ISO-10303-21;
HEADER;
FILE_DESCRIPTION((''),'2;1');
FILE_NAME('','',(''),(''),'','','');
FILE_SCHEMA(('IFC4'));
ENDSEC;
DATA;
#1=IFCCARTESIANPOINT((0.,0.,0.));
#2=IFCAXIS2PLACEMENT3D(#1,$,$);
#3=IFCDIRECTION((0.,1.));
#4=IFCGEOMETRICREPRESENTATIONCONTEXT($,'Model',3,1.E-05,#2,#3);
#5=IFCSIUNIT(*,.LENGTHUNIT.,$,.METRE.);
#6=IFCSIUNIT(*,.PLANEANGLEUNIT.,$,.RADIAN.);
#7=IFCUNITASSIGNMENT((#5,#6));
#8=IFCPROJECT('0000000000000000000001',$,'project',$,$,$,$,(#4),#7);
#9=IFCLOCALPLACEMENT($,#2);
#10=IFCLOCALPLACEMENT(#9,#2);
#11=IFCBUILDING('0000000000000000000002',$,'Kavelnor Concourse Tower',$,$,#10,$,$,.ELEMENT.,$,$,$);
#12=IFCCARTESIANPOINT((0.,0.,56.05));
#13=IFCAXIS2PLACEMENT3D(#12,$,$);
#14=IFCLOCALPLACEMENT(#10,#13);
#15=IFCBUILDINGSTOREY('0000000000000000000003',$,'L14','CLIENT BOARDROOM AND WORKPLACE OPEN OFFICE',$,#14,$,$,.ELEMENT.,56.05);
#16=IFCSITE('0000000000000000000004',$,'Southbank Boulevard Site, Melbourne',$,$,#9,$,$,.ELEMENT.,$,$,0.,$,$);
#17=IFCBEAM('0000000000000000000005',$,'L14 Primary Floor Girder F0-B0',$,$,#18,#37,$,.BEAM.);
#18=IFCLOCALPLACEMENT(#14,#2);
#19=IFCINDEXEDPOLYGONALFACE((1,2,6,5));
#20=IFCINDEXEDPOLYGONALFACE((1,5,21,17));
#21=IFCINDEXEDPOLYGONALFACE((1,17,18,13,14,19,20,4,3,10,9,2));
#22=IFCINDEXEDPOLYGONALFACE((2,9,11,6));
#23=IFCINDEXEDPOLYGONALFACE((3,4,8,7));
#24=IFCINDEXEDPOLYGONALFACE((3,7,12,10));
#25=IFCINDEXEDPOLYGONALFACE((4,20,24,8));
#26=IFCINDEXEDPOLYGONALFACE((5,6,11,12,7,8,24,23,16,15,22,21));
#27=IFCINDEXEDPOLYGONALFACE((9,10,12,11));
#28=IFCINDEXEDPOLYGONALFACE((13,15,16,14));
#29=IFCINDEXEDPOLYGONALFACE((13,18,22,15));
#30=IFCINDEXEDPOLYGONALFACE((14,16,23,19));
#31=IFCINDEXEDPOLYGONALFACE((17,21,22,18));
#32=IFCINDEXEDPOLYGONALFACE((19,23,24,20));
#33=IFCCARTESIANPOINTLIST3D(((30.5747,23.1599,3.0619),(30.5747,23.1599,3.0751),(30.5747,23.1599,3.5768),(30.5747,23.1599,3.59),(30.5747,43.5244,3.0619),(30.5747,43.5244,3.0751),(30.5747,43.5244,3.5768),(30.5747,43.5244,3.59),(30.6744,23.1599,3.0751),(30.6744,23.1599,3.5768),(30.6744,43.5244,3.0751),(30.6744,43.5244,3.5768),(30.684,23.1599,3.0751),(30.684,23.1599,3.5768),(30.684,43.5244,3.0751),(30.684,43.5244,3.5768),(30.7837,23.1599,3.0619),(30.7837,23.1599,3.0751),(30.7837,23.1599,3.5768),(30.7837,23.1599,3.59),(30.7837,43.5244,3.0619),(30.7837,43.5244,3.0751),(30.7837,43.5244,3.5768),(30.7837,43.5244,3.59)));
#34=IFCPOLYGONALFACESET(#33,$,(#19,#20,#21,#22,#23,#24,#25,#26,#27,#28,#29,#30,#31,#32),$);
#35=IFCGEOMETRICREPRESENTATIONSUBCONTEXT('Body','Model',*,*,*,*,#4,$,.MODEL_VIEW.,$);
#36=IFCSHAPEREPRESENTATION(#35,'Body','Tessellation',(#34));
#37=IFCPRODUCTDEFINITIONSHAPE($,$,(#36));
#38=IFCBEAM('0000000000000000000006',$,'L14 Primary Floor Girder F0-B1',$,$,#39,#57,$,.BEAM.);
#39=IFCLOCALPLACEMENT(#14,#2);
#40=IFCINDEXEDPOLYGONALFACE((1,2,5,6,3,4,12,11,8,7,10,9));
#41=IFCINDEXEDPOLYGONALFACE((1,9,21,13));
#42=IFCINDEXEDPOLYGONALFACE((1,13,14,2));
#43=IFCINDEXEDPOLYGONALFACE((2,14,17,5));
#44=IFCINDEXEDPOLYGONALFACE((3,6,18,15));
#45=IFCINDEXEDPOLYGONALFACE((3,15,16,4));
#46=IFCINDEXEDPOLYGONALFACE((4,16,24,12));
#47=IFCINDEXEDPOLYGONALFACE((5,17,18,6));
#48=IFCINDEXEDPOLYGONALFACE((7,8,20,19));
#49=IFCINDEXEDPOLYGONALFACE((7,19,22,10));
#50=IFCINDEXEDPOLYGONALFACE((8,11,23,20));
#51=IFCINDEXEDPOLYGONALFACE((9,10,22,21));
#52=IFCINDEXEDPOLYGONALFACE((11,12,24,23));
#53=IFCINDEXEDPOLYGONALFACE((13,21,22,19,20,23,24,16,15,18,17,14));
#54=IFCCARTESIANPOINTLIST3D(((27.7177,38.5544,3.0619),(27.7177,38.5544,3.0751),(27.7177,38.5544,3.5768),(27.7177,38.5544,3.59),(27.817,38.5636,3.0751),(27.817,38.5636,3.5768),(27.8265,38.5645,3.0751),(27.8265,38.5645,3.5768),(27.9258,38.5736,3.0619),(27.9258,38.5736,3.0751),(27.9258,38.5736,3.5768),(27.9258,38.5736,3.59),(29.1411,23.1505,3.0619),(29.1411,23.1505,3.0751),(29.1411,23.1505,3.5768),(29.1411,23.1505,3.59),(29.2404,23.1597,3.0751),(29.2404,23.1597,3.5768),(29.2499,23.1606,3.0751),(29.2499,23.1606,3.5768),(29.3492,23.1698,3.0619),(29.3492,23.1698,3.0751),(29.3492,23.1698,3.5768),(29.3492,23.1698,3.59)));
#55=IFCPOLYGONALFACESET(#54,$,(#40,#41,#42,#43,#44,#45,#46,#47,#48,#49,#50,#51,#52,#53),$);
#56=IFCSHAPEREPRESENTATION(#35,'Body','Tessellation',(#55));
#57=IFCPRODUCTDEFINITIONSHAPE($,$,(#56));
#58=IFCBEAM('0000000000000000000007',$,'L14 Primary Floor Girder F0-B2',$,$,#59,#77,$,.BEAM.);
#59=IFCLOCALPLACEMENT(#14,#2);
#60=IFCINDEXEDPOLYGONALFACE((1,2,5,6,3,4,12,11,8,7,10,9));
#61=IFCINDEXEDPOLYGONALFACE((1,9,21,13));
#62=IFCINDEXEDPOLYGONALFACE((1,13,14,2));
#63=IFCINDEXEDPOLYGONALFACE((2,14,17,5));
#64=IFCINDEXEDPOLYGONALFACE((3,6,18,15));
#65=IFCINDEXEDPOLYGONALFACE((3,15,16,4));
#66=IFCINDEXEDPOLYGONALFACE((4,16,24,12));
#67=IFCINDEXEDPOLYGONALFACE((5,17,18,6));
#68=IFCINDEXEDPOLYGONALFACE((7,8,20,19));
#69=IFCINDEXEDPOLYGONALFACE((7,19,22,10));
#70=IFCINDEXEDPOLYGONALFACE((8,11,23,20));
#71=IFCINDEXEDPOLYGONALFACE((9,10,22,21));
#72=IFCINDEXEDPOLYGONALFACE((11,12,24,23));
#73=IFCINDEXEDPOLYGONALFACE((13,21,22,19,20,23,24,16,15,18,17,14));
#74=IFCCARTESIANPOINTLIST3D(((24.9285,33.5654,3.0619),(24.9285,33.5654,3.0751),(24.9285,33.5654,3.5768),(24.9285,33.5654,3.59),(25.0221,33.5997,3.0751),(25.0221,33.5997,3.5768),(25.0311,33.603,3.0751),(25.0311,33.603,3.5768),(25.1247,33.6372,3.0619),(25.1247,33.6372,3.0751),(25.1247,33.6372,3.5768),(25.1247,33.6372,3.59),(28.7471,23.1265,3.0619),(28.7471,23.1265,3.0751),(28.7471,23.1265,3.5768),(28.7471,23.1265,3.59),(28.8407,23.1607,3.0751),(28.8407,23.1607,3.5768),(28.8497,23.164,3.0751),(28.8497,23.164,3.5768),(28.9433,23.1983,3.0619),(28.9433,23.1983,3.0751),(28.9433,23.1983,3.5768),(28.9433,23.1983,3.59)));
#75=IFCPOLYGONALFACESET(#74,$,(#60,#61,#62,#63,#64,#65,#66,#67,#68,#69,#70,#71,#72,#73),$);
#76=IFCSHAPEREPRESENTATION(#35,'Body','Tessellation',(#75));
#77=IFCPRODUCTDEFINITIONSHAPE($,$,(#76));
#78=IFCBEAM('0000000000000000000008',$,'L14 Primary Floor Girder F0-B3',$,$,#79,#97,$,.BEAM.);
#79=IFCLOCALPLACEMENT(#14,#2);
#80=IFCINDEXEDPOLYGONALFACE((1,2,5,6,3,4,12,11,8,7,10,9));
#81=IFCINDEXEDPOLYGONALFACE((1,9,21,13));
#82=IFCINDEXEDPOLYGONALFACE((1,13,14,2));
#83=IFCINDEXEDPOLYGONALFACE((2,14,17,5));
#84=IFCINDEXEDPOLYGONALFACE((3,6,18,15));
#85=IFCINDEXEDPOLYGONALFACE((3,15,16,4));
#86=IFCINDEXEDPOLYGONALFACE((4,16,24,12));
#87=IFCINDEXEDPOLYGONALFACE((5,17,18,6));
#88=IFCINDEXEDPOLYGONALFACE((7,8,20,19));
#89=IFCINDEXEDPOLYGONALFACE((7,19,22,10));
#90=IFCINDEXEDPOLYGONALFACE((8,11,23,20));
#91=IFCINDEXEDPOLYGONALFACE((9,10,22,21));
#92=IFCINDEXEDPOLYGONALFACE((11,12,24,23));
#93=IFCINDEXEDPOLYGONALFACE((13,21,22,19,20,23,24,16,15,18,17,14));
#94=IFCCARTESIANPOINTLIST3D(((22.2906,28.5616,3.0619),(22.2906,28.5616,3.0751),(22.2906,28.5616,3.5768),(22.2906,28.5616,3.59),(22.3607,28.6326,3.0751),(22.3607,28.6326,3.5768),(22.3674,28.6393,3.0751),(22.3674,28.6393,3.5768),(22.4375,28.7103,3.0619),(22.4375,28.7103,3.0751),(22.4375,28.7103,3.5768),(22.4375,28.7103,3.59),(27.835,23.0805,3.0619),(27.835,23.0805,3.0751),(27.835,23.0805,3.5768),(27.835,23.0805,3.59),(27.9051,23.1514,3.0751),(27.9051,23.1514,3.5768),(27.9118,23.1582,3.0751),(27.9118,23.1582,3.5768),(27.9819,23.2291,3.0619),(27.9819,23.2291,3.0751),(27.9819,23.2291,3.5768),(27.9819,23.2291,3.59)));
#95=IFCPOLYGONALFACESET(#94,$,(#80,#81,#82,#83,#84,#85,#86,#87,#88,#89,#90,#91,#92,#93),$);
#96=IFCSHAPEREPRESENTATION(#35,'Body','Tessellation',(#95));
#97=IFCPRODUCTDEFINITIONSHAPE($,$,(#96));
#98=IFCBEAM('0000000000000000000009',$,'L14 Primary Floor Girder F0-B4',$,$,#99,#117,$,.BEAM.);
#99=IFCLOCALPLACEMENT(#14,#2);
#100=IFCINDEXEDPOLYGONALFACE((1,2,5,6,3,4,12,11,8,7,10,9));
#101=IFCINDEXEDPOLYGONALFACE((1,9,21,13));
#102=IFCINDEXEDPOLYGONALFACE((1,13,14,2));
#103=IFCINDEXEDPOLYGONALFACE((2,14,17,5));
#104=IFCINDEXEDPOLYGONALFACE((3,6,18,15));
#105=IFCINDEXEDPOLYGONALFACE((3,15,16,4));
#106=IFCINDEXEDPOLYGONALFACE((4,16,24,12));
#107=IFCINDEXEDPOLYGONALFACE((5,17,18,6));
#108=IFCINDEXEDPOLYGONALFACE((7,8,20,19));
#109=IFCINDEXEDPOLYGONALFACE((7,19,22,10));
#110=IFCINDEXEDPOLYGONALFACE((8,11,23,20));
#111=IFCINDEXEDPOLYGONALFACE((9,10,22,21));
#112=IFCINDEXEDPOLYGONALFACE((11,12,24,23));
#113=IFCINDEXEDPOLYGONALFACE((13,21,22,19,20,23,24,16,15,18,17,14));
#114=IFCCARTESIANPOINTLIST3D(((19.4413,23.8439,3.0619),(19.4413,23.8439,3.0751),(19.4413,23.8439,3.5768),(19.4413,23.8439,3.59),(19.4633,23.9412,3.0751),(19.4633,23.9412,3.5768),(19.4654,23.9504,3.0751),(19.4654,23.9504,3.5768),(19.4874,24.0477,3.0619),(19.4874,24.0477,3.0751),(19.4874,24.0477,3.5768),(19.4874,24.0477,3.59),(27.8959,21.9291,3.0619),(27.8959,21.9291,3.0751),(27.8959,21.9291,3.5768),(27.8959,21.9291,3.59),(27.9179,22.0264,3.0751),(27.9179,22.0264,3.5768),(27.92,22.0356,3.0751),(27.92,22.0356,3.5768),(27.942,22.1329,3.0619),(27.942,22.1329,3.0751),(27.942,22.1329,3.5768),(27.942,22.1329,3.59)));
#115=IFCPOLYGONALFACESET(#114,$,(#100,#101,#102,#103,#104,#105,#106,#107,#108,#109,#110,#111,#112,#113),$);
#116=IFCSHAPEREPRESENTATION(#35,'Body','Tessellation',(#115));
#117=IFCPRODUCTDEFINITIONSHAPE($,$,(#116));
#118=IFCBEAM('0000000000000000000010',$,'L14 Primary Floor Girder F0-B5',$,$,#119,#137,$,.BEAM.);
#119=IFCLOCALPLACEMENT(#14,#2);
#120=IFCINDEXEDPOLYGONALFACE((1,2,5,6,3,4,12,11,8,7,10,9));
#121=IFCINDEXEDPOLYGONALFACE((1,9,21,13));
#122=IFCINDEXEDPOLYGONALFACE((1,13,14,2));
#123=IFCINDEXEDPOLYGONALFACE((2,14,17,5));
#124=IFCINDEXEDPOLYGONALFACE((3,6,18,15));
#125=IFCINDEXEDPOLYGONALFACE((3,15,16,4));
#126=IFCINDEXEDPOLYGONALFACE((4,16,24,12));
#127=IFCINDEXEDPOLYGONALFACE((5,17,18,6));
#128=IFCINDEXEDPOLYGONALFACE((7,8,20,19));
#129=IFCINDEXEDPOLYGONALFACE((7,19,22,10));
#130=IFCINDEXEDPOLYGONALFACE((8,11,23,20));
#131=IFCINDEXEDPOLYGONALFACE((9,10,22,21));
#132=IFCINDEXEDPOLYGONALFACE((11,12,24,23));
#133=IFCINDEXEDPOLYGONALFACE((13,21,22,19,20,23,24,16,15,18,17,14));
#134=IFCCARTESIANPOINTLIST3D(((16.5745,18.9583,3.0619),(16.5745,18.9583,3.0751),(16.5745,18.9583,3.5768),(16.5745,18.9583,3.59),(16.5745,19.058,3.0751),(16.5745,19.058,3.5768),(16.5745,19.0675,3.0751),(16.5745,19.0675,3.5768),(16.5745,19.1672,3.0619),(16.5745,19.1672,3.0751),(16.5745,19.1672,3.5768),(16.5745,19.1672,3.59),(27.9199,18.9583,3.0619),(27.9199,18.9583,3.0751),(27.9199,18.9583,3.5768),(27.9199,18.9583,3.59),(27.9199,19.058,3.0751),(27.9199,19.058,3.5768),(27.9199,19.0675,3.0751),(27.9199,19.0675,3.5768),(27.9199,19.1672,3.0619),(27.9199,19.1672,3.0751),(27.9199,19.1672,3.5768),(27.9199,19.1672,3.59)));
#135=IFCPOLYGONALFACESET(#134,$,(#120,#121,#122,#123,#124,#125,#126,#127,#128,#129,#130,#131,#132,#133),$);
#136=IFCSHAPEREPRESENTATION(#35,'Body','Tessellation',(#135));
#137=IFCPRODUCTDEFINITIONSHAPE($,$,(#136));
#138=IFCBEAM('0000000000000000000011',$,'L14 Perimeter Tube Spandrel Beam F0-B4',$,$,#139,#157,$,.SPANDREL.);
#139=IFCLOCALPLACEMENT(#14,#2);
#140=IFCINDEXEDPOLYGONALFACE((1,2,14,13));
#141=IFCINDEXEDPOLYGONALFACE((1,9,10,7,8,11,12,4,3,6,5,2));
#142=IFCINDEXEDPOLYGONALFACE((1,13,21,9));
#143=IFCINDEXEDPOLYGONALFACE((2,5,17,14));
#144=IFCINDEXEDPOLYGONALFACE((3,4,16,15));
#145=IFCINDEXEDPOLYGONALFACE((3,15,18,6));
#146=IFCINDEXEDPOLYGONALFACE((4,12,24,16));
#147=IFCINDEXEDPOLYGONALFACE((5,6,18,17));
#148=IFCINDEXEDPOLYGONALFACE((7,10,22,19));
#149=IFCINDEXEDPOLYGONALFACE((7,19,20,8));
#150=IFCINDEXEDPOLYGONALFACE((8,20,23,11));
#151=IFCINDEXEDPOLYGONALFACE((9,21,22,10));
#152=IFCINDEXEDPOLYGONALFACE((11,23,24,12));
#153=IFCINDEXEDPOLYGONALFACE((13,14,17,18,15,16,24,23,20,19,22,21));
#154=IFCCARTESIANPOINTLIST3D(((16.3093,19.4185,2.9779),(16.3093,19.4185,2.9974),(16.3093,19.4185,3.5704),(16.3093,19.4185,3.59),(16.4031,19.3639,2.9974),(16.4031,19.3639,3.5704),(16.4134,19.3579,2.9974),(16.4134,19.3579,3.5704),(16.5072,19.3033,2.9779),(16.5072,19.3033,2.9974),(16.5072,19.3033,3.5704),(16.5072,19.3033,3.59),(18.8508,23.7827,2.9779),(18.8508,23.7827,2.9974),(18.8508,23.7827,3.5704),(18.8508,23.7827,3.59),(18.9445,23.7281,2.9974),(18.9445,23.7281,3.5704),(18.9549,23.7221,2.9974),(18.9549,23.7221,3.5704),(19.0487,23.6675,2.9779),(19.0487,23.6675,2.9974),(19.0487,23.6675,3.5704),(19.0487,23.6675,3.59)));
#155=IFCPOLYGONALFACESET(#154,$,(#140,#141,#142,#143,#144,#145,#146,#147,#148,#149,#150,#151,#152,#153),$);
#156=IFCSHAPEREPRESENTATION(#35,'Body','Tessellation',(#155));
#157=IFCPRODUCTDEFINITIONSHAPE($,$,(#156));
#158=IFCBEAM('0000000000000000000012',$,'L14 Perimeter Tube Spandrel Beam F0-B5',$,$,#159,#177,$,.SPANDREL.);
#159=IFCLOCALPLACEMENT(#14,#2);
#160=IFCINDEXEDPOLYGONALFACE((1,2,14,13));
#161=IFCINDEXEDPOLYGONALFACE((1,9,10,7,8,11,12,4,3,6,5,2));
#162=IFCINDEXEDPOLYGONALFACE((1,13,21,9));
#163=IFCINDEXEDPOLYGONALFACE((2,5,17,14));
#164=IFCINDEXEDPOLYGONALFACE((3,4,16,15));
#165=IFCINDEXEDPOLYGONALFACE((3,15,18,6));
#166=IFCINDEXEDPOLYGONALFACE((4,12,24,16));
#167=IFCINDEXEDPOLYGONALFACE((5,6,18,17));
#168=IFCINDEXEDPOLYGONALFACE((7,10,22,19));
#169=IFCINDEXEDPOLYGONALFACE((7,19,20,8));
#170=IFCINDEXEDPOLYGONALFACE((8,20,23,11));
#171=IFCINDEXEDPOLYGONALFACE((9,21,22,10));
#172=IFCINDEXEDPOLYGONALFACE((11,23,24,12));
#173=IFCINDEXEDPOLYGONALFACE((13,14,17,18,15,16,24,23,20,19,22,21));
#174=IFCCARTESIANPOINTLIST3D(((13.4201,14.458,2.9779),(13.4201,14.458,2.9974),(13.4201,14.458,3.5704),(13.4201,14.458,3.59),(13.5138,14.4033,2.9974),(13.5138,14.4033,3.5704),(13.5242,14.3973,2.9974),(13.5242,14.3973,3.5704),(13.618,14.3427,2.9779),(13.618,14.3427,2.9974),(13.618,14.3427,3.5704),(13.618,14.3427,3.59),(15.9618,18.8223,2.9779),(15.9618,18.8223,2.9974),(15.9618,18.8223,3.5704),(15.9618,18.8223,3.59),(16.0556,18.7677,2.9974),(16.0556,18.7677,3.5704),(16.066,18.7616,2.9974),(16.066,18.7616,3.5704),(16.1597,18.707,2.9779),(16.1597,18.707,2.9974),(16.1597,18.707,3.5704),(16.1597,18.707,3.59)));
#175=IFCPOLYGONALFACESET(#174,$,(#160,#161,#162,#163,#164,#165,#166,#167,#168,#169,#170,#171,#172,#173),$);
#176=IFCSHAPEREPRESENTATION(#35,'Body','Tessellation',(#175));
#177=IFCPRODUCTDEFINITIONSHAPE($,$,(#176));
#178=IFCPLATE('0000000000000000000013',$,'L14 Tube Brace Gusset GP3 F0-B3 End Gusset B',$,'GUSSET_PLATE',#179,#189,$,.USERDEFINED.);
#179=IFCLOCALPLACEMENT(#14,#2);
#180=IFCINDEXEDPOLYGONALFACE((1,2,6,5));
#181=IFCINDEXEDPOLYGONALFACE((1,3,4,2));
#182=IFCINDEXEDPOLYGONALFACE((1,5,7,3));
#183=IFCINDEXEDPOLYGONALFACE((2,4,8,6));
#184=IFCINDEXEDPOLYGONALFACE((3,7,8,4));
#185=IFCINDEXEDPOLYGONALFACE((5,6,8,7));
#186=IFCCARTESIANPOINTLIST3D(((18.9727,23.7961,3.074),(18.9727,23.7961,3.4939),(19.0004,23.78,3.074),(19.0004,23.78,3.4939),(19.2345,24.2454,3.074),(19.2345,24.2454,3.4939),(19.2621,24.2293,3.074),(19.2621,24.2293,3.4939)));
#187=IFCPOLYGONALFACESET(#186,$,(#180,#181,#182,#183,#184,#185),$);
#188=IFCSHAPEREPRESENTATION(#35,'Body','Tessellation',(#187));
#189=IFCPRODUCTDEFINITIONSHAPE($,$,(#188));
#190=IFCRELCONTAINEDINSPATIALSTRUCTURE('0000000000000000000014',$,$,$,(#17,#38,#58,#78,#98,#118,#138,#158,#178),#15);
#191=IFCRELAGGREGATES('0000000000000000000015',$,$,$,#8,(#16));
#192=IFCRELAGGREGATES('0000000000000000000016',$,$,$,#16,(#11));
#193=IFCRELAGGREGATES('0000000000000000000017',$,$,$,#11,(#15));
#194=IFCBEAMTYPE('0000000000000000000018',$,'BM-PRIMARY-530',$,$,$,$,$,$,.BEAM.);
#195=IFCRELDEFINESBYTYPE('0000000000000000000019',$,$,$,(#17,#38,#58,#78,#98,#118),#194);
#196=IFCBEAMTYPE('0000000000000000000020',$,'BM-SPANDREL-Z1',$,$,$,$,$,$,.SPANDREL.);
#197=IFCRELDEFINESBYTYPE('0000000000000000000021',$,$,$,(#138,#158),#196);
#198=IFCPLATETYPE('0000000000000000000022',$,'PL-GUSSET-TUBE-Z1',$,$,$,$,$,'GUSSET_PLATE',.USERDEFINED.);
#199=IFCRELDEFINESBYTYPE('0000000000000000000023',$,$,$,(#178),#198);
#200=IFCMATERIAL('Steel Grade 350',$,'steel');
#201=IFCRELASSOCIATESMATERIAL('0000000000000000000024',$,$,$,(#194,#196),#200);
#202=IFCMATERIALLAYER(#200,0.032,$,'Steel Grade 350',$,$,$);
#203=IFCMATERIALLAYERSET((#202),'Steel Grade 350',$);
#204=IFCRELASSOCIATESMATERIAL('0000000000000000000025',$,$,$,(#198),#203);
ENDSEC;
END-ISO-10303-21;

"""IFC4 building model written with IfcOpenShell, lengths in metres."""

from ifc_helpers import new_model, si_unit, direction, frame, origin, origin_2d, place, context, subcontext, project, spatial, rectangle, i_section, extrude, material, layer, layer_set, material_profile, profile_set, type_object, element, save


model = new_model("IFC4")

# Units and contexts
model_context = context("Model", 3, precision=1e-05, world=origin(), true_north=direction((0.0, 1.0)))
body_context = subcontext(model_context, "Body", "Model", "MODEL_VIEW")
ifc_project = project(units=[si_unit("LENGTHUNIT", "METRE"), si_unit("PLANEANGLEUNIT", "RADIAN")], contexts=[model_context])

# Site, building, storey
site_placement = place(None, origin())
site = spatial("IfcSite", under=ifc_project, at=site_placement, Name="Southbank Boulevard Site, Melbourne", CompositionType="ELEMENT", RefElevation=0.0)
building_placement = place(site_placement, origin())
building = spatial("IfcBuilding", under=site, at=building_placement, Name="Kavelnor Concourse Tower", CompositionType="ELEMENT")
storey_placement = place(building_placement, frame((0.0, 0.0, 56.05)))
storey = spatial("IfcBuildingStorey", under=building, at=storey_placement, Name="L14", Description="CLIENT BOARDROOM AND WORKPLACE OPEN OFFICE", CompositionType="ELEMENT", Elevation=56.05)

# Shared definitions
ifc_material_1 = material(Name="Steel Grade 350", Category="steel")

# Beams
ifc_material_profile_1 = material_profile(ifc_material_1, i_section(OverallWidth=0.209, OverallDepth=0.5281, WebThickness=0.0095, FlangeThickness=0.0132, at=origin_2d()), Name="530UB82")
ifc_profile_set_1 = profile_set([ifc_material_profile_1], Name="Steel Grade 350")
beam_type_1 = type_object("IfcBeamType", Name="BM-PRIMARY-530", PredefinedType="BEAM", material=ifc_profile_set_1)
beam_1_placement = place(storey_placement, frame((30.6792, 23.1599, 3.3259), z_axis=(0.0, 1.0, 0.0), x_axis=(-1.0, 0.0, 0.0)))
element("IfcBeam", 1, at=beam_1_placement, inside=storey, type_object=beam_type_1, Name="L14 Primary Floor Girder F0-B0", PredefinedType="BEAM", context=body_context, shape_type="SweptSolid", body=[
    extrude(i_section(OverallWidth=0.209, OverallDepth=0.5281, WebThickness=0.0095, FlangeThickness=0.0132, at=origin_2d()), origin(), (0.0, 0.0, 1.0), 20.3645),
])
beam_2_placement = place(storey_placement, frame((29.2451, 23.1602, 3.3259), z_axis=(-0.09201, 0.995758, 0.0), x_axis=(-0.995758, -0.09201, 0.0)))
element("IfcBeam", 2, at=beam_2_placement, inside=storey, type_object=beam_type_1, Name="L14 Primary Floor Girder F0-B1", PredefinedType="BEAM", context=body_context, shape_type="SweptSolid", body=[
    extrude(i_section(OverallWidth=0.209, OverallDepth=0.5281, WebThickness=0.0095, FlangeThickness=0.0132, at=origin_2d()), origin(), (0.0, 0.0, 1.0), 15.4695),
])
beam_3_placement = place(storey_placement, frame((28.8452, 23.1624, 3.3259), z_axis=(-0.343539, 0.939138, 0.0), x_axis=(-0.939138, -0.343539, 0.0)))
element("IfcBeam", 3, at=beam_3_placement, inside=storey, type_object=beam_type_1, Name="L14 Primary Floor Girder F0-B2", PredefinedType="BEAM", context=body_context, shape_type="SweptSolid", body=[
    extrude(i_section(OverallWidth=0.209, OverallDepth=0.5281, WebThickness=0.0095, FlangeThickness=0.0132, at=origin_2d()), origin(), (0.0, 0.0, 1.0), 11.1155),
])
beam_4_placement = place(storey_placement, frame((27.9084, 23.1548, 3.3259), z_axis=(-0.71115, 0.70304, 0.0), x_axis=(-0.70304, -0.71115, 0.0)))
element("IfcBeam", 4, at=beam_4_placement, inside=storey, type_object=beam_type_1, Name="L14 Primary Floor Girder F0-B3", PredefinedType="BEAM", context=body_context, shape_type="SweptSolid", body=[
    extrude(i_section(OverallWidth=0.209, OverallDepth=0.5281, WebThickness=0.0095, FlangeThickness=0.0132, at=origin_2d()), origin(), (0.0, 0.0, 1.0), 7.7964),
])
beam_5_placement = place(storey_placement, frame((27.9189, 22.031, 3.3259), z_axis=(-0.9753, 0.220886, 0.0), x_axis=(-0.220886, -0.9753, 0.0)))
element("IfcBeam", 5, at=beam_5_placement, inside=storey, type_object=beam_type_1, Name="L14 Primary Floor Girder F0-B4", PredefinedType="BEAM", context=body_context, shape_type="SweptSolid", body=[
    extrude(i_section(OverallWidth=0.209, OverallDepth=0.5281, WebThickness=0.0095, FlangeThickness=0.0132, at=origin_2d()), origin(), (0.0, 0.0, 1.0), 8.6687),
])
beam_6_placement = place(storey_placement, frame((27.9199, 19.0627, 3.3259), z_axis=(-1.0, 0.0, 0.0), x_axis=(0.0, -1.0, 0.0)))
element("IfcBeam", 6, at=beam_6_placement, inside=storey, type_object=beam_type_1, Name="L14 Primary Floor Girder F0-B5", PredefinedType="BEAM", context=body_context, shape_type="SweptSolid", body=[
    extrude(i_section(OverallWidth=0.209, OverallDepth=0.5281, WebThickness=0.0095, FlangeThickness=0.0132, at=origin_2d()), origin(), (0.0, 0.0, 1.0), 11.3455),
])
ifc_material_profile_2 = material_profile(ifc_material_1, i_section(OverallWidth=0.229, OverallDepth=0.6121, WebThickness=0.012, FlangeThickness=0.0195, at=origin_2d()), Name="610UB125")
ifc_profile_set_2 = profile_set([ifc_material_profile_2], Name="Steel Grade 350")
beam_type_2 = type_object("IfcBeamType", Name="BM-SPANDREL-Z1", PredefinedType="SPANDREL", material=ifc_profile_set_2)
beam_7_placement = place(storey_placement, frame((18.9497, 23.7251, 3.2839), z_axis=(-0.503234, -0.86415, 0.0), x_axis=(0.86415, -0.503234, 0.0)))
element("IfcBeam", 7, at=beam_7_placement, inside=storey, type_object=beam_type_2, Name="L14 Perimeter Tube Spandrel Beam F0-B4", PredefinedType="SPANDREL", context=body_context, shape_type="SweptSolid", body=[
    extrude(i_section(OverallWidth=0.229, OverallDepth=0.6121, WebThickness=0.012, FlangeThickness=0.0195, at=origin_2d()), origin(), (0.0, 0.0, 1.0), 5.0503),
])
beam_8_placement = place(storey_placement, frame((16.0608, 18.7646, 3.2839), z_axis=(-0.50327, -0.864129, 0.0), x_axis=(0.864129, -0.50327, 0.0)))
element("IfcBeam", 8, at=beam_8_placement, inside=storey, type_object=beam_type_2, Name="L14 Perimeter Tube Spandrel Beam F0-B5", PredefinedType="SPANDREL", context=body_context, shape_type="SweptSolid", body=[
    extrude(i_section(OverallWidth=0.229, OverallDepth=0.6121, WebThickness=0.012, FlangeThickness=0.0195, at=origin_2d()), origin(), (0.0, 0.0, 1.0), 5.0505),
])

# Plate
ifc_layer_1 = layer(ifc_material_1, 0.032, Name="Steel Grade 350")
ifc_layer_set_1 = layer_set([ifc_layer_1], Name="Steel Grade 350")
plate_type = type_object("IfcPlateType", Name="PL-GUSSET-TUBE-Z1", ElementType="GUSSET_PLATE", PredefinedType="USERDEFINED", material=ifc_layer_set_1)
plate_placement = place(storey_placement, frame((19.1174, 24.0127, 3.074), z_axis=(0.0, 0.0, 1.0), x_axis=(-0.503322, -0.864099, 0.0)))
element("IfcPlate", 9, at=plate_placement, inside=storey, type_object=plate_type, Name="L14 Tube Brace Gusset GP3 F0-B3 End Gusset B", ObjectType="GUSSET_PLATE", PredefinedType="USERDEFINED", context=body_context, shape_type="SweptSolid", body=[
    extrude(rectangle(XDim=0.52, YDim=0.032, at=origin_2d()), origin(), (0.0, 0.0, 1.0), 0.4199),
])

save(model, "model.ifc")
